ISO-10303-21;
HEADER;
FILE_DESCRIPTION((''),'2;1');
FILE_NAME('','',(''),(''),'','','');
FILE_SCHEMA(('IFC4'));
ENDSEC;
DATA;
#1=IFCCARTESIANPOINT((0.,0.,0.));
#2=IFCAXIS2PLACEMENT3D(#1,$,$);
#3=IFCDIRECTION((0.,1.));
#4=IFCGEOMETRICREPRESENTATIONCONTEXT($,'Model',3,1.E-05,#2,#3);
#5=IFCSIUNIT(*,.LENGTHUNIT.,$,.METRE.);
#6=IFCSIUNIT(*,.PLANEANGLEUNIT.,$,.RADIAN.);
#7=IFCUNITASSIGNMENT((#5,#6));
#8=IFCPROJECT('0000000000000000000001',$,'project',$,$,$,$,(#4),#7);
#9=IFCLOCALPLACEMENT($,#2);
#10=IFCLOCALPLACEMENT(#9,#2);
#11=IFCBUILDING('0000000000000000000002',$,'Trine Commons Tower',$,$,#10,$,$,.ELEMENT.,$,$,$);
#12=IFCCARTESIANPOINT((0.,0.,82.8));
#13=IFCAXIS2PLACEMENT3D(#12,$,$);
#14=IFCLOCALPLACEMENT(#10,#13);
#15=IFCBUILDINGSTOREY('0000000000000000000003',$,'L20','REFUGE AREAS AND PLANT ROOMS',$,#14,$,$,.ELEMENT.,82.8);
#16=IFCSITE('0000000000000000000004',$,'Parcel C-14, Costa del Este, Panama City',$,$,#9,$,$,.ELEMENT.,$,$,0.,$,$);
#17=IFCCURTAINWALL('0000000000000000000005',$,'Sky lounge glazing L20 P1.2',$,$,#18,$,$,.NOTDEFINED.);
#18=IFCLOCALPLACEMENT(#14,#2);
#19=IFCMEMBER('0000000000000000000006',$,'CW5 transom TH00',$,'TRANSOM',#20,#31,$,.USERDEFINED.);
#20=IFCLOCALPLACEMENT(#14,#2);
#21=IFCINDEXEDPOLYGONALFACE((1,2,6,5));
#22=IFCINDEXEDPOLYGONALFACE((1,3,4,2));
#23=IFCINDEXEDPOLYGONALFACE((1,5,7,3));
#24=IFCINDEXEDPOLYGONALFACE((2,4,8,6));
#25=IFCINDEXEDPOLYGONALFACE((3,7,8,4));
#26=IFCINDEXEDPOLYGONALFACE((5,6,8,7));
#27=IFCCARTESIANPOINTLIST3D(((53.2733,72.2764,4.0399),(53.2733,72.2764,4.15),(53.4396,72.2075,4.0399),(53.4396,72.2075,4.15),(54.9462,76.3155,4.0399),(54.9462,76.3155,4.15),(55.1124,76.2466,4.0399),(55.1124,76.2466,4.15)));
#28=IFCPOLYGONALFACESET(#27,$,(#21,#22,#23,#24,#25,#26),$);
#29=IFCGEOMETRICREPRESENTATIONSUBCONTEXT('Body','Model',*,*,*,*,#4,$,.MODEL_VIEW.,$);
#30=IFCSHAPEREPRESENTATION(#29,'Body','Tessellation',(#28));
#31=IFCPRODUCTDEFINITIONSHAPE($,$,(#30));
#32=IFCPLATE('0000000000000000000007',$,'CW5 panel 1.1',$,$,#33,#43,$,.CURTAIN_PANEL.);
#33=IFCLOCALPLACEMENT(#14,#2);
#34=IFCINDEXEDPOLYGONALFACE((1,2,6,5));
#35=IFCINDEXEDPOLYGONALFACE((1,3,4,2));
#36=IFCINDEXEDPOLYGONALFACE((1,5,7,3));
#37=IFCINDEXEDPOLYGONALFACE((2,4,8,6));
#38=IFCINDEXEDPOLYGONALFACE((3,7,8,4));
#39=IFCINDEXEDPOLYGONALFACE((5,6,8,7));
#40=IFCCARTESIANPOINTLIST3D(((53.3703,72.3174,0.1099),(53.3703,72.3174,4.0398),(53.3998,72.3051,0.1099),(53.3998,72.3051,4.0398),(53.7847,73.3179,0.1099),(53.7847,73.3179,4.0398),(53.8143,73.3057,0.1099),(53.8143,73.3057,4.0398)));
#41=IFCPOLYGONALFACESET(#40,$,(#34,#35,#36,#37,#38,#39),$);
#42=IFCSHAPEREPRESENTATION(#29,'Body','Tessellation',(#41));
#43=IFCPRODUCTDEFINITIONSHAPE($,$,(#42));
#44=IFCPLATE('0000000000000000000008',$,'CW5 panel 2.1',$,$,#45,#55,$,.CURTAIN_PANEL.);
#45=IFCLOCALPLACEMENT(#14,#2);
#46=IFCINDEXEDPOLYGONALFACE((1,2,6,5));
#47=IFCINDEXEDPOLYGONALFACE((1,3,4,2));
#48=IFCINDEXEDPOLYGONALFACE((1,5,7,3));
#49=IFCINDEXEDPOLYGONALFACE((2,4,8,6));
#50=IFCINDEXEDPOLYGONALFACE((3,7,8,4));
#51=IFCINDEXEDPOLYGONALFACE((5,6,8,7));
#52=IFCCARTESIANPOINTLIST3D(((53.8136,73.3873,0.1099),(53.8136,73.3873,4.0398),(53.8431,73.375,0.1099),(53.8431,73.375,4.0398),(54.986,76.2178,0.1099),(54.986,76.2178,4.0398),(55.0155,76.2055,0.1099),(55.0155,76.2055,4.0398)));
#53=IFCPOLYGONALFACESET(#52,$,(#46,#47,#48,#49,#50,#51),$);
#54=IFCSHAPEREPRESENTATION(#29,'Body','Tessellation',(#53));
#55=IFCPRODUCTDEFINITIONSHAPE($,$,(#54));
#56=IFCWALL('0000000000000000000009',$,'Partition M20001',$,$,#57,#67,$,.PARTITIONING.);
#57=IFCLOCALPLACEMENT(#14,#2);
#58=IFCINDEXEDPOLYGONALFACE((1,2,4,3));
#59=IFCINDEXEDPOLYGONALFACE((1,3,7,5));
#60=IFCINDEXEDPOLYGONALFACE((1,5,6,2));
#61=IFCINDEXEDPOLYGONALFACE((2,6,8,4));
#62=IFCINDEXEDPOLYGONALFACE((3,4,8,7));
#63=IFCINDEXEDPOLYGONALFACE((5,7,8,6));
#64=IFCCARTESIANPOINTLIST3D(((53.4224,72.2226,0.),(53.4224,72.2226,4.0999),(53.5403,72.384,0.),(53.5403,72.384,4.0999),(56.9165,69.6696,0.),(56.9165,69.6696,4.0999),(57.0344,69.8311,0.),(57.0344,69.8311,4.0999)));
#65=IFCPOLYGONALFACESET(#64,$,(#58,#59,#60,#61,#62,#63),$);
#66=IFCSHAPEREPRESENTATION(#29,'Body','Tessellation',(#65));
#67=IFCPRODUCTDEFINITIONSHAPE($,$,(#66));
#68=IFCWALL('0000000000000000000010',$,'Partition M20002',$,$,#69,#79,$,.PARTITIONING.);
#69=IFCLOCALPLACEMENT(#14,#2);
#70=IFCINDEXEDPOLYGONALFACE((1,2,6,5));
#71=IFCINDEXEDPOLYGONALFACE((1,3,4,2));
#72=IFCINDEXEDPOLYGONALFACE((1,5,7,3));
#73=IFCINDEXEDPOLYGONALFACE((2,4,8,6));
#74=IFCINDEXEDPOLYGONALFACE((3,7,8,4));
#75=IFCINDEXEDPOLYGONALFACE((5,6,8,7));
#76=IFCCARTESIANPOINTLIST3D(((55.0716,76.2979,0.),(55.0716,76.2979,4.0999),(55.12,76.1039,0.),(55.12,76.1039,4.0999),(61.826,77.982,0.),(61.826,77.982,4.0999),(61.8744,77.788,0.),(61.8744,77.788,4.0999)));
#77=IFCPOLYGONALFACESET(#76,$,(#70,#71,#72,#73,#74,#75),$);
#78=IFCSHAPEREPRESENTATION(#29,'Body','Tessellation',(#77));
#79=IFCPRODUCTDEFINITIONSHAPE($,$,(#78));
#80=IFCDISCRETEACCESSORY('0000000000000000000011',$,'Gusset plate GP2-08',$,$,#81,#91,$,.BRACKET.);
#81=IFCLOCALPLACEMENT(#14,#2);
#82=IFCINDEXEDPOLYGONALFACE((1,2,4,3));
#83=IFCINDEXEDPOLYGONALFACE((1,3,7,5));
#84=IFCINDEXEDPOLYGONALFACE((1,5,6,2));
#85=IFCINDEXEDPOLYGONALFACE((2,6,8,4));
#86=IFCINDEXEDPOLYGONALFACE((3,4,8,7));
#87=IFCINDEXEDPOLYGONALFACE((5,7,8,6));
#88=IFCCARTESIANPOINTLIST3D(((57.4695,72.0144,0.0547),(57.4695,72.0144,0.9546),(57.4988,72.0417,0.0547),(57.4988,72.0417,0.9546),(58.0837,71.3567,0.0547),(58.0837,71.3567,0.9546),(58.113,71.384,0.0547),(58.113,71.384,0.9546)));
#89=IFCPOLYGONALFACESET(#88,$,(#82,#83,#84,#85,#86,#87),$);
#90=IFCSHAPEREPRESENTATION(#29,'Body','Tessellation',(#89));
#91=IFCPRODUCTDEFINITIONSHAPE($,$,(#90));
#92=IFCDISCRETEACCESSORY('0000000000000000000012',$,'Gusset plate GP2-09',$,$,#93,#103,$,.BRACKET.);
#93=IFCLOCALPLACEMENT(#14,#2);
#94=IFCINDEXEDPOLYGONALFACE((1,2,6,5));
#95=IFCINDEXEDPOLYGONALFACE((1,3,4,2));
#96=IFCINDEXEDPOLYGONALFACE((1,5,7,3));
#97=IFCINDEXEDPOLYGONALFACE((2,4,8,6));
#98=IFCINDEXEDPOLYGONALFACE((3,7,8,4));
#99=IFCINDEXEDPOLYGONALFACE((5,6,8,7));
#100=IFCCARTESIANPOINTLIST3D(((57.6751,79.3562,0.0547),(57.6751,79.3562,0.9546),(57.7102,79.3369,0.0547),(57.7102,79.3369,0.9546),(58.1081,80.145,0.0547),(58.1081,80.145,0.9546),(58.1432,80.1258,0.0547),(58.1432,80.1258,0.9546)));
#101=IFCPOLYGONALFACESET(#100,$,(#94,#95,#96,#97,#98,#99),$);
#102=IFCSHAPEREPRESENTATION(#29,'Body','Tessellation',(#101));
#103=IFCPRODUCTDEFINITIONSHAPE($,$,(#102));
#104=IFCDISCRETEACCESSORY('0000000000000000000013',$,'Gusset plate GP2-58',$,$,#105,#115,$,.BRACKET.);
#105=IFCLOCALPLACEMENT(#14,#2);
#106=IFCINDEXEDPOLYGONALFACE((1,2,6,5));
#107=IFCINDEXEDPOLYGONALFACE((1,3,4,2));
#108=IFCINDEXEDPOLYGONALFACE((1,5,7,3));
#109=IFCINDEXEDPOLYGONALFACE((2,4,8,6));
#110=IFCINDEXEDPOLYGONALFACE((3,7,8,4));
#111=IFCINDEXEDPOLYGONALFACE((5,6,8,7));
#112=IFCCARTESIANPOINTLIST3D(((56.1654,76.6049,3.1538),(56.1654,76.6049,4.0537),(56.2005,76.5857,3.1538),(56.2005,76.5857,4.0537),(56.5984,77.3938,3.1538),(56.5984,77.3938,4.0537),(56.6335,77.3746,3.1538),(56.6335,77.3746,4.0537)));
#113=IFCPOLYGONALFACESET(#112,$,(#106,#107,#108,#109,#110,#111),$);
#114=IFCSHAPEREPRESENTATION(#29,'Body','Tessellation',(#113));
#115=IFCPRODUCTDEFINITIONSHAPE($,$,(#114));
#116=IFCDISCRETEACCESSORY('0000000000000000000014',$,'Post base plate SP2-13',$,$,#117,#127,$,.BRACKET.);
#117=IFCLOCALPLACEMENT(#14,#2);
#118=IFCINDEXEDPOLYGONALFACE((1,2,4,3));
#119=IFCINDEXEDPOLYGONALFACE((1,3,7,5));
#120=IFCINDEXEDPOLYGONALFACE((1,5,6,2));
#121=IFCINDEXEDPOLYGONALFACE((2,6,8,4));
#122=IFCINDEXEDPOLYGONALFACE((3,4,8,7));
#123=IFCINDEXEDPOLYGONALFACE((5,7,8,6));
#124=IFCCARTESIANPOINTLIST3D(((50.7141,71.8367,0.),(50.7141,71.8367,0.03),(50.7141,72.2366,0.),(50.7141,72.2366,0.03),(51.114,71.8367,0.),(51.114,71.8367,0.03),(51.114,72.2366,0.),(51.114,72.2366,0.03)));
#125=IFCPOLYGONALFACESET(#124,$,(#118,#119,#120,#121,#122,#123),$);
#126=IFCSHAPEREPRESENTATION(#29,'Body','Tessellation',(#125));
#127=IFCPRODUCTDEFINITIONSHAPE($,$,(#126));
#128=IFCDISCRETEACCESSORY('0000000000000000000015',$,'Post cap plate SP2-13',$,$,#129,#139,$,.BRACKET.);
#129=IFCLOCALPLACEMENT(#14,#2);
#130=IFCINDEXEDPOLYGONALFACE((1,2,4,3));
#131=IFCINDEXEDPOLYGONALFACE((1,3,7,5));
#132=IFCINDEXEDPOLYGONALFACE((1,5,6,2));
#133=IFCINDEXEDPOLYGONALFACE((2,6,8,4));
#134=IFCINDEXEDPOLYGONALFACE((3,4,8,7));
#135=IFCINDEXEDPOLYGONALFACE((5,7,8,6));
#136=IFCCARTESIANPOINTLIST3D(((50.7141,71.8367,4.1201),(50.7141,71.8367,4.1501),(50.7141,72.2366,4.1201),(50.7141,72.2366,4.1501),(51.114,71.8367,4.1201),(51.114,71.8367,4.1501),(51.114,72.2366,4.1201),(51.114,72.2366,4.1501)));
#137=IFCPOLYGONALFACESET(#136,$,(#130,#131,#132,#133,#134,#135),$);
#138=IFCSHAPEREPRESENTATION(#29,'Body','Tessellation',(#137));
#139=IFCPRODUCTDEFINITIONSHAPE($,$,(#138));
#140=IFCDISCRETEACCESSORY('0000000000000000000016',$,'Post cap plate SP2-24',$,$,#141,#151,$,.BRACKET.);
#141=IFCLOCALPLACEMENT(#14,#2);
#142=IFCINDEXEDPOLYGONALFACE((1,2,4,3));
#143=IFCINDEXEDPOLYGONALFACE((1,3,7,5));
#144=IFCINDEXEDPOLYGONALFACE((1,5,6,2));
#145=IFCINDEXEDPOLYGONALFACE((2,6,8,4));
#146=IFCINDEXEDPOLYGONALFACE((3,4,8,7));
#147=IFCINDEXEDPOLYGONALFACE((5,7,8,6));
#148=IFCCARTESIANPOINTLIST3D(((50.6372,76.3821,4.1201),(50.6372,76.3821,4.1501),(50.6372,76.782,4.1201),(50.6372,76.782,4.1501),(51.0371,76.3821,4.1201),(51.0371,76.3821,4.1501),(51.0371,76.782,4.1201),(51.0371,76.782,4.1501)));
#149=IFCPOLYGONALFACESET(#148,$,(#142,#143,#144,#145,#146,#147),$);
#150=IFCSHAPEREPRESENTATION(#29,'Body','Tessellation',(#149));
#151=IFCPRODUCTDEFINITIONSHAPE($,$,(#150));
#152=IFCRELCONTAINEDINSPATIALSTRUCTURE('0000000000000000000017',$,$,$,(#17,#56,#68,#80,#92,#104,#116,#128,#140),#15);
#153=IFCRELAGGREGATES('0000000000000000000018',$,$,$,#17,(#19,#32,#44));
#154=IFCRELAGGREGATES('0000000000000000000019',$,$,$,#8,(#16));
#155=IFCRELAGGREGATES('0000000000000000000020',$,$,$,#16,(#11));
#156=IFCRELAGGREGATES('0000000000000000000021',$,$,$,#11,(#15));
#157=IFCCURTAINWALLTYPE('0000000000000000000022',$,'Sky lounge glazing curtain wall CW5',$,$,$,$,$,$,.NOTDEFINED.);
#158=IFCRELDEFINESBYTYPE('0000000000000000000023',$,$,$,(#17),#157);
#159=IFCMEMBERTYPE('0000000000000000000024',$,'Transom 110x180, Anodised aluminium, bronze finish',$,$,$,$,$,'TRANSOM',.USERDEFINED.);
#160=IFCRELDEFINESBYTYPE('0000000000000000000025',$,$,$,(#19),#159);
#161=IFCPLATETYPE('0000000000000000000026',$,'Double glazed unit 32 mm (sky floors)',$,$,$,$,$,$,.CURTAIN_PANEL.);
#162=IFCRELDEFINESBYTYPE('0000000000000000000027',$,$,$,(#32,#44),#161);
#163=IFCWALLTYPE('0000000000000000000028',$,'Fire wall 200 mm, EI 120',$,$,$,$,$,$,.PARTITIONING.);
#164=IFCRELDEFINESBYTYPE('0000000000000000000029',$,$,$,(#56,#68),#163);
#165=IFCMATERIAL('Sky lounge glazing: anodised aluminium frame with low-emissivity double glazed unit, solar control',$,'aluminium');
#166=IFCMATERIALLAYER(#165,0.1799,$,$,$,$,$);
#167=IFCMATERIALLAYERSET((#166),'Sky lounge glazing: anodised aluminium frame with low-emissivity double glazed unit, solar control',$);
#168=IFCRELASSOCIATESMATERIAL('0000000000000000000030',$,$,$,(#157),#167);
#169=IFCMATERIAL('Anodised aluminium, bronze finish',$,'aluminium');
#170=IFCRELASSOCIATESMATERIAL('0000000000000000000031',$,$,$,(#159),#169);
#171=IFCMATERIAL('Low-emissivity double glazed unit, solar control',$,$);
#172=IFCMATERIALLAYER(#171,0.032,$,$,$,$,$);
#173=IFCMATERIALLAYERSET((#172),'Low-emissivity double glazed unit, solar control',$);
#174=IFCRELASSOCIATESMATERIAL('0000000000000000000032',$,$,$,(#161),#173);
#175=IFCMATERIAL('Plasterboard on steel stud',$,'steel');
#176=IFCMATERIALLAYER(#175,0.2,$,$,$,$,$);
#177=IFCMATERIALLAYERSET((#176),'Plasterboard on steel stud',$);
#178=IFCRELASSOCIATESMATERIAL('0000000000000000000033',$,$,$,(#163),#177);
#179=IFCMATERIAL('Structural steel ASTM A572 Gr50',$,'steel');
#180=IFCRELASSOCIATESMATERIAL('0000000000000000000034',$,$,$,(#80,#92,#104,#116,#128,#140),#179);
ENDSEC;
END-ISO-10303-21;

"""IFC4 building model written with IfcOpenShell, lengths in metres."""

from ifc_helpers import new_model, si_unit, direction, frame, frame_2d, origin, origin_2d, place, context, subcontext, project, spatial, rectangle, extrude, material, layer, layer_set, material_profile, profile_set, type_object, element, aggregate, save


model = new_model("IFC4")

# Units and contexts
model_context = context("Model", 3, precision=1e-05, world=origin(), true_north=direction((0.0, 1.0)))
body_context = subcontext(model_context, "Body", "Model", "MODEL_VIEW")
ifc_project = project(units=[si_unit("LENGTHUNIT", "METRE"), si_unit("PLANEANGLEUNIT", "RADIAN")], contexts=[model_context])

# Site, building, storey
site_placement = place(None, origin())
site = spatial("IfcSite", under=ifc_project, at=site_placement, Name="Parcel C-14, Costa del Este, Panama City", CompositionType="ELEMENT", RefElevation=0.0)
building_placement = place(site_placement, origin())
building = spatial("IfcBuilding", under=site, at=building_placement, Name="Trine Commons Tower", CompositionType="ELEMENT")
storey_placement = place(building_placement, frame((0.0, 0.0, 82.8)))
storey = spatial("IfcBuildingStorey", under=building, at=storey_placement, Name="L20", Description="REFUGE AREAS AND PLANT ROOMS", CompositionType="ELEMENT", Elevation=82.8)

# Curtain wall
ifc_material_1 = material(Name="Sky lounge glazing: anodised aluminium frame with low-emissivity double glazed unit, solar control", Category="aluminium")
ifc_layer_1 = layer(ifc_material_1, 0.1799)
ifc_layer_set_1 = layer_set([ifc_layer_1], Name="Sky lounge glazing: anodised aluminium frame with low-emissivity double glazed unit, solar control")
curtain_wall_type = type_object("IfcCurtainWallType", Name="Sky lounge glazing curtain wall CW5", PredefinedType="NOTDEFINED", material=ifc_layer_set_1)
curtain_wall_placement = place(storey_placement, origin())
curtain_wall = element("IfcCurtainWall", 1, at=curtain_wall_placement, inside=storey, type_object=curtain_wall_type, Name="Sky lounge glazing L20 P1.2", PredefinedType="NOTDEFINED")
ifc_material_2 = material(Name="Anodised aluminium, bronze finish", Category="aluminium")

# Member
ifc_material_profile_1 = material_profile(ifc_material_2, rectangle(XDim=0.1799, YDim=0.1101, at=origin_2d()), Name="Transom 110x180")
ifc_profile_set_1 = profile_set([ifc_material_profile_1], Name="Anodised aluminium, bronze finish")
member_type_1 = type_object("IfcMemberType", Name="Transom 110x180, Anodised aluminium, bronze finish", ElementType="TRANSOM", PredefinedType="USERDEFINED", material=ifc_profile_set_1)
member_1_placement = place(storey_placement, frame((53.3564, 72.2419, 4.095), z_axis=(0.382648, 0.923894, 0.0), x_axis=(-0.923894, 0.382648, 0.0)))
member_1 = element("IfcMember", 2, at=member_1_placement, type_object=member_type_1, Name="CW5 transom TH00", ObjectType="TRANSOM", PredefinedType="USERDEFINED", context=body_context, shape_type="SweptSolid", body=[
    extrude(rectangle(XDim=0.1799, YDim=0.1101, at=origin_2d()), origin(), (0.0, 0.0, 1.0), 4.3718),
])

# Plates
ifc_material_3 = material(Name="Low-emissivity double glazed unit, solar control")
ifc_layer_2 = layer(ifc_material_3, 0.032)
ifc_layer_set_2 = layer_set([ifc_layer_2], Name="Low-emissivity double glazed unit, solar control")
plate_type = type_object("IfcPlateType", Name="Double glazed unit 32 mm (sky floors)", PredefinedType="CURTAIN_PANEL", material=ifc_layer_set_2)
plate_1_placement = place(storey_placement, frame((53.5923, 72.8115, 0.1099), z_axis=(0.0, 0.0, 1.0), x_axis=(0.382683, 0.92388, 0.0)))
plate_1 = element("IfcPlate", 3, at=plate_1_placement, type_object=plate_type, Name="CW5 panel 1.1", PredefinedType="CURTAIN_PANEL", context=body_context, shape_type="SweptSolid", body=[
    extrude(rectangle(XDim=1.083, YDim=0.032, at=origin_2d()), origin(), (0.0, 0.0, 1.0), 3.9299),
])
plate_2_placement = place(storey_placement, frame((54.4146, 74.7964, 0.1099), z_axis=(0.0, 0.0, 1.0), x_axis=(0.382683, 0.92388, 0.0)))
plate_2 = element("IfcPlate", 4, at=plate_2_placement, type_object=plate_type, Name="CW5 panel 2.1", PredefinedType="CURTAIN_PANEL", context=body_context, shape_type="SweptSolid", body=[
    extrude(rectangle(XDim=3.0637, YDim=0.032, at=origin_2d()), origin(), (0.0, 0.0, 1.0), 3.9299),
])
aggregate(curtain_wall, [member_1, plate_1, plate_2])

# Walls
ifc_material_4 = material(Name="Plasterboard on steel stud", Category="steel")
ifc_layer_3 = layer(ifc_material_4, 0.2)
ifc_layer_set_3 = layer_set([ifc_layer_3], Name="Plasterboard on steel stud")
wall_type_1 = type_object("IfcWallType", Name="Fire wall 200 mm, EI 120", PredefinedType="PARTITIONING", material=ifc_layer_set_3)
wall_1_placement = place(storey_placement, frame((53.4814, 72.3032, 0.0), z_axis=(0.0, 0.0, 1.0), x_axis=(0.807439, -0.589952, 0.0)))
element("IfcWall", 5, at=wall_1_placement, inside=storey, type_object=wall_type_1, Name="Partition M20001", PredefinedType="PARTITIONING", context=body_context, shape_type="SweptSolid", body=[
    extrude(rectangle(XDim=4.3274, YDim=0.2, at=frame_2d((2.1636, 0.0))), origin(), (0.0, 0.0, 1.0), 4.0999),
])
wall_2_placement = place(storey_placement, frame((55.0959, 76.2009, 0.0), z_axis=(0.0, 0.0, 1.0), x_axis=(0.970295, 0.241925, 0.0)))
element("IfcWall", 6, at=wall_2_placement, inside=storey, type_object=wall_type_1, Name="Partition M20002", PredefinedType="PARTITIONING", context=body_context, shape_type="SweptSolid", body=[
    extrude(rectangle(XDim=6.9612, YDim=0.2, at=frame_2d((3.4805, 0.0))), origin(), (0.0, 0.0, 1.0), 4.0999),
])

# Discrete accessories
ifc_material_5 = material(Name="Structural steel ASTM A572 Gr50", Category="steel")
for number, where, z_axis, x_axis, name in (
    (7, (57.7913, 71.6992, 0.0547), (0.0, 0.0, 1.0), (0.682509, -0.730877, 0.0), "Gusset plate GP2-08"),
    (8, (57.9092, 79.741, 0.0547), (0.0, 0.0, 1.0), (-0.481142, -0.876643, 0.0), "Gusset plate GP2-09"),
    (9, (56.3994, 76.9897, 3.1538), (0.0, 0.0, 1.0), (-0.481142, -0.876643, 0.0), "Gusset plate GP2-58"),
):
    element("IfcDiscreteAccessory", number, at=place(storey_placement, frame(where, z_axis=z_axis, x_axis=x_axis)), inside=storey, material=ifc_material_5, Name=name, PredefinedType="BRACKET", context=body_context, shape_type="SweptSolid", body=[
        extrude(rectangle(XDim=0.8999, YDim=0.04, at=origin_2d()), origin(), (0.0, 0.0, 1.0), 0.8999),
    ])
for number, where, z_axis, x_axis, name in (
    (10, (50.9141, 72.0366, 0.0), (0.0, 0.0, 1.0), (1.0, 0.0, 0.0), "Post base plate SP2-13"),
    (11, (50.9141, 72.0366, 4.1201), (0.0, 0.0, 1.0), (1.0, 0.0, 0.0), "Post cap plate SP2-13"),
    (12, (50.8372, 76.582, 4.1201), (0.0, 0.0, 1.0), (1.0, 0.0, 0.0), "Post cap plate SP2-24"),
):
    element("IfcDiscreteAccessory", number, at=place(storey_placement, frame(where, z_axis=z_axis, x_axis=x_axis)), inside=storey, material=ifc_material_5, Name=name, PredefinedType="BRACKET", context=body_context, shape_type="SweptSolid", body=[
        extrude(rectangle(XDim=0.3999, YDim=0.3999, at=origin_2d()), origin(), (0.0, 0.0, 1.0), 0.03),
    ])

save(model, "model.ifc")
